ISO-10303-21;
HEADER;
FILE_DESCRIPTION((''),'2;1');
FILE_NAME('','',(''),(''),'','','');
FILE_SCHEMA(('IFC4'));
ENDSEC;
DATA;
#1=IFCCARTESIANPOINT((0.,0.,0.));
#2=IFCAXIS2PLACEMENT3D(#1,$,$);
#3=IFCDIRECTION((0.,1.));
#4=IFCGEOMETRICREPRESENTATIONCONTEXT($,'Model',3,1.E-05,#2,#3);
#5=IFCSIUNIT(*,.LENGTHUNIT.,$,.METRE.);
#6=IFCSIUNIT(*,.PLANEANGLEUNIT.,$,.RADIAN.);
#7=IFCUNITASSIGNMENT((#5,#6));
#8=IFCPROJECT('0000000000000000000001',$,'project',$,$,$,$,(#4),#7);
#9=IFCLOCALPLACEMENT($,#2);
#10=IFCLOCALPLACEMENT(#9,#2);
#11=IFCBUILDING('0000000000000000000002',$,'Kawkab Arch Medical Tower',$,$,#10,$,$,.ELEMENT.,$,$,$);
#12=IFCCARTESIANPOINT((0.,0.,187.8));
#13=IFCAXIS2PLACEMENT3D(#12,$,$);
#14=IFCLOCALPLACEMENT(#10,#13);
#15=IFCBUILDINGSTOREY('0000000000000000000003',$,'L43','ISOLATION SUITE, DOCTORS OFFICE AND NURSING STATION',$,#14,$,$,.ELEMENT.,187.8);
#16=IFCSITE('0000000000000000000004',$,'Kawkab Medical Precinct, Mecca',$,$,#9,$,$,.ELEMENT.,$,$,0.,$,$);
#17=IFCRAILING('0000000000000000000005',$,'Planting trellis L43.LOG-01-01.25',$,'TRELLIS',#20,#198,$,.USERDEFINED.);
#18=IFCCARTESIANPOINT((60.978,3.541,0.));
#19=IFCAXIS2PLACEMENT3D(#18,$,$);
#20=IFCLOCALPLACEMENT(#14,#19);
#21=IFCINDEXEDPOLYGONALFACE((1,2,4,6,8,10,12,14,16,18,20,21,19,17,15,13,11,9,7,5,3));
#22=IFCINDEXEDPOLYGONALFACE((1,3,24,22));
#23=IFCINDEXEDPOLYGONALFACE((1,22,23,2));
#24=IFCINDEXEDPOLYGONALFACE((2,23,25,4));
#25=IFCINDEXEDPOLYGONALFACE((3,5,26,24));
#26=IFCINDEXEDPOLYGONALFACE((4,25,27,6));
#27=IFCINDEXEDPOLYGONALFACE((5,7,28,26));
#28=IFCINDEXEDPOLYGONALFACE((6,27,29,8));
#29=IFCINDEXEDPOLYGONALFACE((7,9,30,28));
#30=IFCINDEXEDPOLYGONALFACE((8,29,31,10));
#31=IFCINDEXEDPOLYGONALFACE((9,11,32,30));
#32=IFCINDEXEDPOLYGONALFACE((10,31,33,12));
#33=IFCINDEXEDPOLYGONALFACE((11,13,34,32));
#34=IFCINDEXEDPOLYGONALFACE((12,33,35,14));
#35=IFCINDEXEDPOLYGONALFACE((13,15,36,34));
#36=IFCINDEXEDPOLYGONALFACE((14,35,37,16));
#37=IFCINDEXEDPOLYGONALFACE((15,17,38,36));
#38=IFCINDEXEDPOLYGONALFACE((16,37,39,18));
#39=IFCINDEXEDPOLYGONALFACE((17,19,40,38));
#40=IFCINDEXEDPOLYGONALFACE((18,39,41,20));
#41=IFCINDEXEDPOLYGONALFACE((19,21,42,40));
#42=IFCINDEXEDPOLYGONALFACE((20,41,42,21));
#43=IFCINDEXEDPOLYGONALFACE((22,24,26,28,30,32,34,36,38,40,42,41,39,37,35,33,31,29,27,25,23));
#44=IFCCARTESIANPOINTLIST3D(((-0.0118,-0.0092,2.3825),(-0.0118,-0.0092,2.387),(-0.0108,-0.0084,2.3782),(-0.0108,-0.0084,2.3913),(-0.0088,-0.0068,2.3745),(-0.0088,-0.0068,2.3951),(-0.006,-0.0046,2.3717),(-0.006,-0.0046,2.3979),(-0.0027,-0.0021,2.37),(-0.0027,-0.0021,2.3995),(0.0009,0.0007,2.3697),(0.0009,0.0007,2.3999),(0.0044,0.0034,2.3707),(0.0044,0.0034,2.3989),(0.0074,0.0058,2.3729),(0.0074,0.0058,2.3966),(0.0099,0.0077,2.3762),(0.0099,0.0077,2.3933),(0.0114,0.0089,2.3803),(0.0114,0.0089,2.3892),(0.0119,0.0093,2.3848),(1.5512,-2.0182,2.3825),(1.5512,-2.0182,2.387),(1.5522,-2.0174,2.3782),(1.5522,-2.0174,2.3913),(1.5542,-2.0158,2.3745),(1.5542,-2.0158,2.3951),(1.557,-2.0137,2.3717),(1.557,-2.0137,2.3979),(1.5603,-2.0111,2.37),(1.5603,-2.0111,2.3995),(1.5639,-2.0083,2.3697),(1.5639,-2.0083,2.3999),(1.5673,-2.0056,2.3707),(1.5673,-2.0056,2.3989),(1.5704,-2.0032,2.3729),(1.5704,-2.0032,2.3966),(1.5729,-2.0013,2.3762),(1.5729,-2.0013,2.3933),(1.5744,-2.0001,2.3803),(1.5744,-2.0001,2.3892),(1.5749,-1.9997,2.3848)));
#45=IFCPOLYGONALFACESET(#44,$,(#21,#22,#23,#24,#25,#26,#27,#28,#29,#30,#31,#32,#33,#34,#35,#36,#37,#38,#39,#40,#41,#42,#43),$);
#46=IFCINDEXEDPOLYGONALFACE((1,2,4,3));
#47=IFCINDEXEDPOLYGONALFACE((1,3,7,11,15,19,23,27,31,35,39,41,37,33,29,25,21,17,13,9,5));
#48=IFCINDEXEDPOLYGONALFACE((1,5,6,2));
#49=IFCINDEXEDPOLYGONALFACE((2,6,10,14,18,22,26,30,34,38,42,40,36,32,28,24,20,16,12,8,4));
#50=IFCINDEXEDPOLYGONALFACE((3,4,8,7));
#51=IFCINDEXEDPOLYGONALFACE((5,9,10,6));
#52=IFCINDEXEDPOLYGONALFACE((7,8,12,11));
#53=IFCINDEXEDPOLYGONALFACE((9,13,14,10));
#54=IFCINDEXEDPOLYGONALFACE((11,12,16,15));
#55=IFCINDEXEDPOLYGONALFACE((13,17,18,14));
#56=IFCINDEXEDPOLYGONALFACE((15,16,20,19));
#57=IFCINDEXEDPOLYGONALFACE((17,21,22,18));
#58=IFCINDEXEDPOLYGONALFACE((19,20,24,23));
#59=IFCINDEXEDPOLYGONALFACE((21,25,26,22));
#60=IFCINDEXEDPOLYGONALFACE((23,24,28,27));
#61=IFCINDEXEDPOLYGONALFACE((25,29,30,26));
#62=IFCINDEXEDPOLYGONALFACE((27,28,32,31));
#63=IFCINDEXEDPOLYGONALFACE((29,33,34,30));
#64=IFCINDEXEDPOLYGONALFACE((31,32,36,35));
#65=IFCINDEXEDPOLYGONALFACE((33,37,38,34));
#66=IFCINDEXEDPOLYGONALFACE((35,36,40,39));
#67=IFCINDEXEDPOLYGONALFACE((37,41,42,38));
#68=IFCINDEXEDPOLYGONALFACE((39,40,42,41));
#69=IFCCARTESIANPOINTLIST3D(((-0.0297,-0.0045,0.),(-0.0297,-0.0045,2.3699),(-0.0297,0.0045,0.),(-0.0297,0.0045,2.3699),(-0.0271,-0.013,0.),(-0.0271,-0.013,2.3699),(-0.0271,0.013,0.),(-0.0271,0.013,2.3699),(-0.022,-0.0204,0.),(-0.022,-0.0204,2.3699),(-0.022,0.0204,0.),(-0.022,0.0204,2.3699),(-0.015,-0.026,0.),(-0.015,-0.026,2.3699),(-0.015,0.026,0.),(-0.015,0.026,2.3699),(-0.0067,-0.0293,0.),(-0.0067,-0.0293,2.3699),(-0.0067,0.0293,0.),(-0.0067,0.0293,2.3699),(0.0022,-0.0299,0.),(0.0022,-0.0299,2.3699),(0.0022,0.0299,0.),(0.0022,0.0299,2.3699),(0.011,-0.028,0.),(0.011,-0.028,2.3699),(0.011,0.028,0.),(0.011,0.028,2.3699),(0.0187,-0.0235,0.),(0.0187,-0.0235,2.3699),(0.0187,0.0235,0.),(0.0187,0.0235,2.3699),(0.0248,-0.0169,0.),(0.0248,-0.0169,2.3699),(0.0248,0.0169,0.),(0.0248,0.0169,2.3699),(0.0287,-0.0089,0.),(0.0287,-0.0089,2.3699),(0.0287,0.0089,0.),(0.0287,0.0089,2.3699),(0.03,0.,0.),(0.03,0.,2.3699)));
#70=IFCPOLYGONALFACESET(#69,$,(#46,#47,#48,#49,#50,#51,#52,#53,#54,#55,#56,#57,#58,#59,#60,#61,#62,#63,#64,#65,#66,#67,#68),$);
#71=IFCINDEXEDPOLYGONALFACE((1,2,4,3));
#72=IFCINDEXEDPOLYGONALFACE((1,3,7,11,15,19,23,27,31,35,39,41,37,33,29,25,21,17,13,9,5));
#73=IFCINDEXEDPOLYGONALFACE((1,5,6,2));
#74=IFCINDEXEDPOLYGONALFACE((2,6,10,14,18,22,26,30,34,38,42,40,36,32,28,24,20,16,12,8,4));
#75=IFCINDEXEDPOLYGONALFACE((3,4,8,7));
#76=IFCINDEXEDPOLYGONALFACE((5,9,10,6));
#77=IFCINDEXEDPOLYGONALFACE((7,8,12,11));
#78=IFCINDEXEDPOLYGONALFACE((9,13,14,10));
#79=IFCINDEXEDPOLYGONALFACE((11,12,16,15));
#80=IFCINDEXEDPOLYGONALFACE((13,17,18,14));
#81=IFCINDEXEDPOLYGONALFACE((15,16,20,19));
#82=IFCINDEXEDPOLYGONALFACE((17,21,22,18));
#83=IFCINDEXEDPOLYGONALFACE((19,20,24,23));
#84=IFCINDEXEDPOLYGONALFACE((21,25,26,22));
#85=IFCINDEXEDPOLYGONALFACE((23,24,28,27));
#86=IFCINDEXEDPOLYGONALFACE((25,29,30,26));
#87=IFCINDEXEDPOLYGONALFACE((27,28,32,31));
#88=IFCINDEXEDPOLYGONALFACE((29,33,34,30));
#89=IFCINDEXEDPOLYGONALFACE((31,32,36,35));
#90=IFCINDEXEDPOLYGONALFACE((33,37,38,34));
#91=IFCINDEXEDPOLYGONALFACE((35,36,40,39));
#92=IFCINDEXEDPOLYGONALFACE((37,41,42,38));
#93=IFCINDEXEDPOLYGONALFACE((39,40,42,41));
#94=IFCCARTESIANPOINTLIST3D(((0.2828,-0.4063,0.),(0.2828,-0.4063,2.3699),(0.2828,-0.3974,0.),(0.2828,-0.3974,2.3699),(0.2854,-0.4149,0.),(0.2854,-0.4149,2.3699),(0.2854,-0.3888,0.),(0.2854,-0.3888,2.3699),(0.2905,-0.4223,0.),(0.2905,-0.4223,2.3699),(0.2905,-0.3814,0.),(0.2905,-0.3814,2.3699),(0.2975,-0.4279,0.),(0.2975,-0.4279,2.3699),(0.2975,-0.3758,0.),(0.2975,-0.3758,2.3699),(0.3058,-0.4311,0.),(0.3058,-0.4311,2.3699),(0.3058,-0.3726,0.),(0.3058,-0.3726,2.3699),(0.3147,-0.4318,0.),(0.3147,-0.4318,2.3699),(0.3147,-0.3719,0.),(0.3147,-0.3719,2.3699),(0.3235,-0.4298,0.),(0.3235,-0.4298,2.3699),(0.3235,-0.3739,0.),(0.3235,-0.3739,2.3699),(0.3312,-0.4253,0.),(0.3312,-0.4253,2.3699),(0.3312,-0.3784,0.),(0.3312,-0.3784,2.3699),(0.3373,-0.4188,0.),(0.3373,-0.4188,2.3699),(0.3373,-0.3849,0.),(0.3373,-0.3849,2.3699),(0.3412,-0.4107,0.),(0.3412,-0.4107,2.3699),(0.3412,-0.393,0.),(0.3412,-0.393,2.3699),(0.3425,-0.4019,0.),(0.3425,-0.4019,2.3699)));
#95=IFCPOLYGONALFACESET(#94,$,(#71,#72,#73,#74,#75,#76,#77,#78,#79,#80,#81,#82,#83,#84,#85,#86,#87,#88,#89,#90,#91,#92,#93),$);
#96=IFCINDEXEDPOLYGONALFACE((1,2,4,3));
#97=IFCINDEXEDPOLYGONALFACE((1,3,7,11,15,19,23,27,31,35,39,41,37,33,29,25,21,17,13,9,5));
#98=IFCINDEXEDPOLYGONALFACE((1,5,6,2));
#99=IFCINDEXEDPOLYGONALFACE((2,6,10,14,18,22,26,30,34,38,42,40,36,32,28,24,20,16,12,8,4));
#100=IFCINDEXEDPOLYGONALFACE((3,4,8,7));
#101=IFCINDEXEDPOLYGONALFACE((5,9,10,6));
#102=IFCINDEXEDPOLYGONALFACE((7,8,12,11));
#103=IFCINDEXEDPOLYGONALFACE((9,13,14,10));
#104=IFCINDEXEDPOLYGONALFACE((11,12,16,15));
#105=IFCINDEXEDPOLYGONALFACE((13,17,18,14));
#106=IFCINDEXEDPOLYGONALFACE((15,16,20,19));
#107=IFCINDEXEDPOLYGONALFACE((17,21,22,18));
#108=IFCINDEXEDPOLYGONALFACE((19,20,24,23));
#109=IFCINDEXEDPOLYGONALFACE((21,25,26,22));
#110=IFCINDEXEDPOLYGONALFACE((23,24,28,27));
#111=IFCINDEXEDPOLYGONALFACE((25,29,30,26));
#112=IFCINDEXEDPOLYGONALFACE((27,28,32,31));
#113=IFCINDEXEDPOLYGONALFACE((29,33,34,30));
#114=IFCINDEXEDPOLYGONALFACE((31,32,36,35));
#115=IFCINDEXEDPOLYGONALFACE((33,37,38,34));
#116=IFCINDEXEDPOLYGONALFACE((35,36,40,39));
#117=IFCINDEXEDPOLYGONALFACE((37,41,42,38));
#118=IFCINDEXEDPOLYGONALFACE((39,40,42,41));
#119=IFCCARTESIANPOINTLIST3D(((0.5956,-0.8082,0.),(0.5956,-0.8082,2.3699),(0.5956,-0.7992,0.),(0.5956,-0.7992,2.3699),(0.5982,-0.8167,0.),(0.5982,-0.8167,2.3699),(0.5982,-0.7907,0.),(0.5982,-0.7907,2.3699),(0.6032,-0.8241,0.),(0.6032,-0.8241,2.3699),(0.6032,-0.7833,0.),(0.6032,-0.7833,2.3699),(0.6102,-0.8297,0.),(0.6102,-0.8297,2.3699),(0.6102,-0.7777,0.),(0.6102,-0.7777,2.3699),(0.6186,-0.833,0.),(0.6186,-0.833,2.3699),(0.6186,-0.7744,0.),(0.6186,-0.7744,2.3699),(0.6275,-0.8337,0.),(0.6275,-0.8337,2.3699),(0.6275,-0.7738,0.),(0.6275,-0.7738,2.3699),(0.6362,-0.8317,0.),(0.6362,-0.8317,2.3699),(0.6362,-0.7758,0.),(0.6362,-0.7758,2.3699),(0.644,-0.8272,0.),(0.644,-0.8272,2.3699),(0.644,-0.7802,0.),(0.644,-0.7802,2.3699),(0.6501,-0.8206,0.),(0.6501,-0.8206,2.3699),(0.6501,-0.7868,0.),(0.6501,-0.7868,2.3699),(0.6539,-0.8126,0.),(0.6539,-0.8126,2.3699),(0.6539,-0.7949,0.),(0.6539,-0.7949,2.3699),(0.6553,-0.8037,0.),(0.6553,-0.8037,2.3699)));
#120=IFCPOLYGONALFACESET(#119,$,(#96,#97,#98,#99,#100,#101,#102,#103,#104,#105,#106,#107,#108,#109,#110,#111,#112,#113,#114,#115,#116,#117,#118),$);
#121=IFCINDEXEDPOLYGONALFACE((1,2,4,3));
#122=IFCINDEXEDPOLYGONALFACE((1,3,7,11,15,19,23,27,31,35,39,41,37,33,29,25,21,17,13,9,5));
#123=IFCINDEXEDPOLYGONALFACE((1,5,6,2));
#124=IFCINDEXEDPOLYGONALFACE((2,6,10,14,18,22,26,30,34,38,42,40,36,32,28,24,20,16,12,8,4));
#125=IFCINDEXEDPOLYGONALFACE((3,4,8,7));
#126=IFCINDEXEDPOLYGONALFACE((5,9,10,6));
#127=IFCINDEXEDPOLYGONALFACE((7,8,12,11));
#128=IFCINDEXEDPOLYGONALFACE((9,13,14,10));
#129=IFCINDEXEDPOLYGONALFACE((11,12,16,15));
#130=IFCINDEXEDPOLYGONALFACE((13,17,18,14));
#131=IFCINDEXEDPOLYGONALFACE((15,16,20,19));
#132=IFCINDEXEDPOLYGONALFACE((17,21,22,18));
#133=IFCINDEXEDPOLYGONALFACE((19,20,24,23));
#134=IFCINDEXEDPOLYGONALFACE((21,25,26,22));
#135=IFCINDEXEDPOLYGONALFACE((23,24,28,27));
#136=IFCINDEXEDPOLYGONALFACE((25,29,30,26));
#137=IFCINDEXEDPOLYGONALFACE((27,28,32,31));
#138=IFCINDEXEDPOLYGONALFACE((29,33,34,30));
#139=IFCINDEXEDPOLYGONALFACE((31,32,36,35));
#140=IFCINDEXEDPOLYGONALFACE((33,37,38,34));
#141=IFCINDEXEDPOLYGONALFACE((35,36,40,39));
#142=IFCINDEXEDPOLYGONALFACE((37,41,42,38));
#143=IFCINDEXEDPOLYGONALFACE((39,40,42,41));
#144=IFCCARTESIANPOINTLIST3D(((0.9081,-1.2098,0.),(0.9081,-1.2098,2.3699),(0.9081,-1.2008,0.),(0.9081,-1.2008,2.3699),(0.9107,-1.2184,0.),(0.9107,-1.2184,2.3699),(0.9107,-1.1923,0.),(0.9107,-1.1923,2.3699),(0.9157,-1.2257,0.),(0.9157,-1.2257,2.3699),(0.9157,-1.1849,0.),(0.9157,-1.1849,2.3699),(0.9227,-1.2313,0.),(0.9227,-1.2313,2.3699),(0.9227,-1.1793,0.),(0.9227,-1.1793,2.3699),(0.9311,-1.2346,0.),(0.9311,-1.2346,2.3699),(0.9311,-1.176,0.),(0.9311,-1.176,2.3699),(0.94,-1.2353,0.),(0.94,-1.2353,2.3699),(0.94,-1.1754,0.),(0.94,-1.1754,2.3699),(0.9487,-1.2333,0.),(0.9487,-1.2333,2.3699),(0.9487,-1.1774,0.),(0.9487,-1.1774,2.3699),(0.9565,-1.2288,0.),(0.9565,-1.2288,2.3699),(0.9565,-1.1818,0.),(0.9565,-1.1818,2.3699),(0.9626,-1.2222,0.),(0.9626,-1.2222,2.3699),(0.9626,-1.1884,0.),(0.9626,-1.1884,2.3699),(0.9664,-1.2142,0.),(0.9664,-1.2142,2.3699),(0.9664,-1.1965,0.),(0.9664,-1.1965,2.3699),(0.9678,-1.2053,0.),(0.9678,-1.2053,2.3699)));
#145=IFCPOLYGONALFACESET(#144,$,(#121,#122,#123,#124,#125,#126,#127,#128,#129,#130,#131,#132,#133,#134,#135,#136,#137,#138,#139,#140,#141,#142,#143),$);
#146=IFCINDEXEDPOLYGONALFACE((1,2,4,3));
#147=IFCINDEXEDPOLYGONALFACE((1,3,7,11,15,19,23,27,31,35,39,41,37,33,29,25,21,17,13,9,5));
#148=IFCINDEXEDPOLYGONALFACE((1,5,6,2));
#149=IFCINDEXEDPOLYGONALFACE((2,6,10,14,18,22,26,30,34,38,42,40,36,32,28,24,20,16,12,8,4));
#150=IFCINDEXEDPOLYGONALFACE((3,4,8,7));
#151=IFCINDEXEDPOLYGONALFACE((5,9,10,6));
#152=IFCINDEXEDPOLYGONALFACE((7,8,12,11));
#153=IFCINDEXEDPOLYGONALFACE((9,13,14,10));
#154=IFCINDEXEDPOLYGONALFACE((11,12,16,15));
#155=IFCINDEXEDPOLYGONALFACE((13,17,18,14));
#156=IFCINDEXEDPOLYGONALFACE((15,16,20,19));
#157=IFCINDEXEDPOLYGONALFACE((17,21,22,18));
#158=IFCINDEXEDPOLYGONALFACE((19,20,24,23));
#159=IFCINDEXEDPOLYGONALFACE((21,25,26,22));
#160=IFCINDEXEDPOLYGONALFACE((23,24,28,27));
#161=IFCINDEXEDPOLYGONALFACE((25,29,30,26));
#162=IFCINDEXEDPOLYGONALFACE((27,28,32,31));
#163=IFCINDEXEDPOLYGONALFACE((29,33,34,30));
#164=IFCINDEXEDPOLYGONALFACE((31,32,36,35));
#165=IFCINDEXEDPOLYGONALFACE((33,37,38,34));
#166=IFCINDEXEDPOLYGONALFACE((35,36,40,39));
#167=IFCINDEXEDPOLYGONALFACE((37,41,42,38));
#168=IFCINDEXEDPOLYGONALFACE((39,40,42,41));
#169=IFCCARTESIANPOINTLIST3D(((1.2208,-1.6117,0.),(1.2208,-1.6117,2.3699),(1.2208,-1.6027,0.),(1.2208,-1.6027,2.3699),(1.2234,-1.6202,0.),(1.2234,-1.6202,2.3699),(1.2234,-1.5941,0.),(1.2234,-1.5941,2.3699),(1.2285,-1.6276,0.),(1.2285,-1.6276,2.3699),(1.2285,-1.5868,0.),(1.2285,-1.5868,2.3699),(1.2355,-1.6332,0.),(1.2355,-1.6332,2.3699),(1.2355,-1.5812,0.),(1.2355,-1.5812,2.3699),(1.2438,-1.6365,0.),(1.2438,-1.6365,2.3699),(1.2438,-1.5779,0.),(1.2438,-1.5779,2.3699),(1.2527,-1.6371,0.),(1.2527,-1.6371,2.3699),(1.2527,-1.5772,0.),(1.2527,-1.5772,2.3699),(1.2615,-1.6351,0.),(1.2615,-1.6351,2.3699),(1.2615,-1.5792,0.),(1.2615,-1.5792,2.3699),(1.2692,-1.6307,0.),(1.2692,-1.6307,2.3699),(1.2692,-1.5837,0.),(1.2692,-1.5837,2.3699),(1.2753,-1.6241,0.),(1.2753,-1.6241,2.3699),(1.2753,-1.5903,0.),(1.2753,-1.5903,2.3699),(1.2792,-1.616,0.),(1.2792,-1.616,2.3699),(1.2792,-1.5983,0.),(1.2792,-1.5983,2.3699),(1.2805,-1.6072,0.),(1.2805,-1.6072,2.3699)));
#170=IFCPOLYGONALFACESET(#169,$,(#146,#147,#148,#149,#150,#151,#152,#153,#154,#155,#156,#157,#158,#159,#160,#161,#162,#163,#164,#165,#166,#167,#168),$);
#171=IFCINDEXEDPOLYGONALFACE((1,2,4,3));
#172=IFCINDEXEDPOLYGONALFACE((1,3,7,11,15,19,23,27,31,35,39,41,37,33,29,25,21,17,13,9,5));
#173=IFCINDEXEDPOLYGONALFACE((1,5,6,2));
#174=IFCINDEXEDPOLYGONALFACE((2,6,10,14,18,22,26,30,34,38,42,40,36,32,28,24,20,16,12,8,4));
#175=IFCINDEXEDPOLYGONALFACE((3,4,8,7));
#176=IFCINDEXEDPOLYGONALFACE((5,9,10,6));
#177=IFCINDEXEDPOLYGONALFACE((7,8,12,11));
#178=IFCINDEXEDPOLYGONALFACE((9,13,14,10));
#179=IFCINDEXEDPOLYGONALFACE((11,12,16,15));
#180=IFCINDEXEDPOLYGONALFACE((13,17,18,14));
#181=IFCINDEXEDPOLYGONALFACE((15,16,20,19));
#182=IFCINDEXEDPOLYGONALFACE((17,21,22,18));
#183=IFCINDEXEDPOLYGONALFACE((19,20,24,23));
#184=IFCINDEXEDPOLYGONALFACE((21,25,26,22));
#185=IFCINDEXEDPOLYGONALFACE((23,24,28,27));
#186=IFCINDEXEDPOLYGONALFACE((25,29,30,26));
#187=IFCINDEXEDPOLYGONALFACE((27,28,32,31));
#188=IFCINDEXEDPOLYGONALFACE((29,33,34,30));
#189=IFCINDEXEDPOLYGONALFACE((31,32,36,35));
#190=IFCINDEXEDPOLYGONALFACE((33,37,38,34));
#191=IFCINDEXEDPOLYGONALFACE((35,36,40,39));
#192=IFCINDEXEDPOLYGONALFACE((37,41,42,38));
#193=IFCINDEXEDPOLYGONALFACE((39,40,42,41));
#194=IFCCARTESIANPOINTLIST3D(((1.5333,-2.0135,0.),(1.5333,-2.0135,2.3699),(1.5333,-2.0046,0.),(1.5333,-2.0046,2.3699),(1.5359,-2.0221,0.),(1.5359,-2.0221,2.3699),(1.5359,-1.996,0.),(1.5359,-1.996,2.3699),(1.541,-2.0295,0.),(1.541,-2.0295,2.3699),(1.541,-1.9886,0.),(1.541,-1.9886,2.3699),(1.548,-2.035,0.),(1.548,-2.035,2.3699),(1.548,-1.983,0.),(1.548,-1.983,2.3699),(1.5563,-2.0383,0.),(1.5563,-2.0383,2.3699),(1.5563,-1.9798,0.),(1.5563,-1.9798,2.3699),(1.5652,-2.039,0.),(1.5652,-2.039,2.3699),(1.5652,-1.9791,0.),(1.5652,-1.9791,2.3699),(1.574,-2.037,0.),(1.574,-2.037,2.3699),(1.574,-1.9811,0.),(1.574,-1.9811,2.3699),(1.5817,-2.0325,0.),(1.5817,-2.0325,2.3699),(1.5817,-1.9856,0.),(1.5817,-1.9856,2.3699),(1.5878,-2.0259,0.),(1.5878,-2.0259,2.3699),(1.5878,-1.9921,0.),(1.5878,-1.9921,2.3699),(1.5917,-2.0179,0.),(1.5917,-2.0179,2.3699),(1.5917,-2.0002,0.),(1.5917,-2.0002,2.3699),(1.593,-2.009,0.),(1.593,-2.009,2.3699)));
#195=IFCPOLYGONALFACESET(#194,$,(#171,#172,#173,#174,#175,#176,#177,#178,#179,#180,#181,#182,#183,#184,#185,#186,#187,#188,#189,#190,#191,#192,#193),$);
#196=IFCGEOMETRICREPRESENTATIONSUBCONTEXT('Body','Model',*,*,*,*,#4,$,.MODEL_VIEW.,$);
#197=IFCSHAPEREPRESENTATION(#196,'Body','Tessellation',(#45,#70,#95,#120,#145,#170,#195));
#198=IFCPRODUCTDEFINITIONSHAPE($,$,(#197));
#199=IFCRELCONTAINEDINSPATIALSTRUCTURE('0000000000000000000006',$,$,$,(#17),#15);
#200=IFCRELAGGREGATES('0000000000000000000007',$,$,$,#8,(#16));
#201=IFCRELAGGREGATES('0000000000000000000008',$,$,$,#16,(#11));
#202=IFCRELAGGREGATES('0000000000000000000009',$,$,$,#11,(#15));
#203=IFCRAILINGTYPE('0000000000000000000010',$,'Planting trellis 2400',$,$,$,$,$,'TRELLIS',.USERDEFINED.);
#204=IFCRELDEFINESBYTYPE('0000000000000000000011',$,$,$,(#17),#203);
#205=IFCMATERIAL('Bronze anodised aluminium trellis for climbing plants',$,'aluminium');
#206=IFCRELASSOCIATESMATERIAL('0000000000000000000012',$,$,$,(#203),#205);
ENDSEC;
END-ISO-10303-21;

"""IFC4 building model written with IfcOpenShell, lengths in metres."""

from ifc_helpers import new_model, si_unit, direction, frame, origin, origin_2d, place, context, subcontext, project, spatial, circle, extrude, material, type_object, element, save


model = new_model("IFC4")

# Units and contexts
model_context = context("Model", 3, precision=1e-05, world=origin(), true_north=direction((0.0, 1.0)))
body_context = subcontext(model_context, "Body", "Model", "MODEL_VIEW")
ifc_project = project(units=[si_unit("LENGTHUNIT", "METRE"), si_unit("PLANEANGLEUNIT", "RADIAN")], contexts=[model_context])

# Site, building, storey
site_placement = place(None, origin())
site = spatial("IfcSite", under=ifc_project, at=site_placement, Name="Kawkab Medical Precinct, Mecca", CompositionType="ELEMENT", RefElevation=0.0)
building_placement = place(site_placement, origin())
building = spatial("IfcBuilding", under=site, at=building_placement, Name="Kawkab Arch Medical Tower", CompositionType="ELEMENT")
storey_placement = place(building_placement, frame((0.0, 0.0, 187.8)))
storey = spatial("IfcBuildingStorey", under=building, at=storey_placement, Name="L43", Description="ISOLATION SUITE, DOCTORS OFFICE AND NURSING STATION", CompositionType="ELEMENT", Elevation=187.8)

# Railing
ifc_material_1 = material(Name="Bronze anodised aluminium trellis for climbing plants", Category="aluminium")
railing_type_1 = type_object("IfcRailingType", Name="Planting trellis 2400", ElementType="TRELLIS", PredefinedType="USERDEFINED", material=ifc_material_1)
railing_1_placement = place(storey_placement, frame((60.978, 3.541, 0.0)))
element("IfcRailing", 1, at=railing_1_placement, inside=storey, type_object=railing_type_1, Name="Planting trellis L43.LOG-01-01.25", ObjectType="TRELLIS", PredefinedType="USERDEFINED", context=body_context, shape_type="SweptSolid", body=[
    extrude(circle(Radius=0.0151, at=origin_2d()), frame((0.0, 0.0, 2.3848), z_axis=(0.61404, -0.789275, 0.0), x_axis=(0.789275, 0.61404, 0.0)), (0.0, 0.0, 1.0), 2.5454),
    extrude(circle(Radius=0.03, at=origin_2d()), origin(), (0.0, 0.0, 1.0), 2.3699),
    extrude(circle(Radius=0.03, at=origin_2d()), frame((0.3125, -0.4019, 0.0)), (0.0, 0.0, 1.0), 2.3699),
    extrude(circle(Radius=0.03, at=origin_2d()), frame((0.6252, -0.8037, 0.0)), (0.0, 0.0, 1.0), 2.3699),
    extrude(circle(Radius=0.03, at=origin_2d()), frame((0.9377, -1.2053, 0.0)), (0.0, 0.0, 1.0), 2.3699),
    extrude(circle(Radius=0.03, at=origin_2d()), frame((1.2505, -1.6072, 0.0)), (0.0, 0.0, 1.0), 2.3699),
    extrude(circle(Radius=0.03, at=origin_2d()), frame((1.563, -2.009, 0.0)), (0.0, 0.0, 1.0), 2.3699),
])

save(model, "model.ifc")
